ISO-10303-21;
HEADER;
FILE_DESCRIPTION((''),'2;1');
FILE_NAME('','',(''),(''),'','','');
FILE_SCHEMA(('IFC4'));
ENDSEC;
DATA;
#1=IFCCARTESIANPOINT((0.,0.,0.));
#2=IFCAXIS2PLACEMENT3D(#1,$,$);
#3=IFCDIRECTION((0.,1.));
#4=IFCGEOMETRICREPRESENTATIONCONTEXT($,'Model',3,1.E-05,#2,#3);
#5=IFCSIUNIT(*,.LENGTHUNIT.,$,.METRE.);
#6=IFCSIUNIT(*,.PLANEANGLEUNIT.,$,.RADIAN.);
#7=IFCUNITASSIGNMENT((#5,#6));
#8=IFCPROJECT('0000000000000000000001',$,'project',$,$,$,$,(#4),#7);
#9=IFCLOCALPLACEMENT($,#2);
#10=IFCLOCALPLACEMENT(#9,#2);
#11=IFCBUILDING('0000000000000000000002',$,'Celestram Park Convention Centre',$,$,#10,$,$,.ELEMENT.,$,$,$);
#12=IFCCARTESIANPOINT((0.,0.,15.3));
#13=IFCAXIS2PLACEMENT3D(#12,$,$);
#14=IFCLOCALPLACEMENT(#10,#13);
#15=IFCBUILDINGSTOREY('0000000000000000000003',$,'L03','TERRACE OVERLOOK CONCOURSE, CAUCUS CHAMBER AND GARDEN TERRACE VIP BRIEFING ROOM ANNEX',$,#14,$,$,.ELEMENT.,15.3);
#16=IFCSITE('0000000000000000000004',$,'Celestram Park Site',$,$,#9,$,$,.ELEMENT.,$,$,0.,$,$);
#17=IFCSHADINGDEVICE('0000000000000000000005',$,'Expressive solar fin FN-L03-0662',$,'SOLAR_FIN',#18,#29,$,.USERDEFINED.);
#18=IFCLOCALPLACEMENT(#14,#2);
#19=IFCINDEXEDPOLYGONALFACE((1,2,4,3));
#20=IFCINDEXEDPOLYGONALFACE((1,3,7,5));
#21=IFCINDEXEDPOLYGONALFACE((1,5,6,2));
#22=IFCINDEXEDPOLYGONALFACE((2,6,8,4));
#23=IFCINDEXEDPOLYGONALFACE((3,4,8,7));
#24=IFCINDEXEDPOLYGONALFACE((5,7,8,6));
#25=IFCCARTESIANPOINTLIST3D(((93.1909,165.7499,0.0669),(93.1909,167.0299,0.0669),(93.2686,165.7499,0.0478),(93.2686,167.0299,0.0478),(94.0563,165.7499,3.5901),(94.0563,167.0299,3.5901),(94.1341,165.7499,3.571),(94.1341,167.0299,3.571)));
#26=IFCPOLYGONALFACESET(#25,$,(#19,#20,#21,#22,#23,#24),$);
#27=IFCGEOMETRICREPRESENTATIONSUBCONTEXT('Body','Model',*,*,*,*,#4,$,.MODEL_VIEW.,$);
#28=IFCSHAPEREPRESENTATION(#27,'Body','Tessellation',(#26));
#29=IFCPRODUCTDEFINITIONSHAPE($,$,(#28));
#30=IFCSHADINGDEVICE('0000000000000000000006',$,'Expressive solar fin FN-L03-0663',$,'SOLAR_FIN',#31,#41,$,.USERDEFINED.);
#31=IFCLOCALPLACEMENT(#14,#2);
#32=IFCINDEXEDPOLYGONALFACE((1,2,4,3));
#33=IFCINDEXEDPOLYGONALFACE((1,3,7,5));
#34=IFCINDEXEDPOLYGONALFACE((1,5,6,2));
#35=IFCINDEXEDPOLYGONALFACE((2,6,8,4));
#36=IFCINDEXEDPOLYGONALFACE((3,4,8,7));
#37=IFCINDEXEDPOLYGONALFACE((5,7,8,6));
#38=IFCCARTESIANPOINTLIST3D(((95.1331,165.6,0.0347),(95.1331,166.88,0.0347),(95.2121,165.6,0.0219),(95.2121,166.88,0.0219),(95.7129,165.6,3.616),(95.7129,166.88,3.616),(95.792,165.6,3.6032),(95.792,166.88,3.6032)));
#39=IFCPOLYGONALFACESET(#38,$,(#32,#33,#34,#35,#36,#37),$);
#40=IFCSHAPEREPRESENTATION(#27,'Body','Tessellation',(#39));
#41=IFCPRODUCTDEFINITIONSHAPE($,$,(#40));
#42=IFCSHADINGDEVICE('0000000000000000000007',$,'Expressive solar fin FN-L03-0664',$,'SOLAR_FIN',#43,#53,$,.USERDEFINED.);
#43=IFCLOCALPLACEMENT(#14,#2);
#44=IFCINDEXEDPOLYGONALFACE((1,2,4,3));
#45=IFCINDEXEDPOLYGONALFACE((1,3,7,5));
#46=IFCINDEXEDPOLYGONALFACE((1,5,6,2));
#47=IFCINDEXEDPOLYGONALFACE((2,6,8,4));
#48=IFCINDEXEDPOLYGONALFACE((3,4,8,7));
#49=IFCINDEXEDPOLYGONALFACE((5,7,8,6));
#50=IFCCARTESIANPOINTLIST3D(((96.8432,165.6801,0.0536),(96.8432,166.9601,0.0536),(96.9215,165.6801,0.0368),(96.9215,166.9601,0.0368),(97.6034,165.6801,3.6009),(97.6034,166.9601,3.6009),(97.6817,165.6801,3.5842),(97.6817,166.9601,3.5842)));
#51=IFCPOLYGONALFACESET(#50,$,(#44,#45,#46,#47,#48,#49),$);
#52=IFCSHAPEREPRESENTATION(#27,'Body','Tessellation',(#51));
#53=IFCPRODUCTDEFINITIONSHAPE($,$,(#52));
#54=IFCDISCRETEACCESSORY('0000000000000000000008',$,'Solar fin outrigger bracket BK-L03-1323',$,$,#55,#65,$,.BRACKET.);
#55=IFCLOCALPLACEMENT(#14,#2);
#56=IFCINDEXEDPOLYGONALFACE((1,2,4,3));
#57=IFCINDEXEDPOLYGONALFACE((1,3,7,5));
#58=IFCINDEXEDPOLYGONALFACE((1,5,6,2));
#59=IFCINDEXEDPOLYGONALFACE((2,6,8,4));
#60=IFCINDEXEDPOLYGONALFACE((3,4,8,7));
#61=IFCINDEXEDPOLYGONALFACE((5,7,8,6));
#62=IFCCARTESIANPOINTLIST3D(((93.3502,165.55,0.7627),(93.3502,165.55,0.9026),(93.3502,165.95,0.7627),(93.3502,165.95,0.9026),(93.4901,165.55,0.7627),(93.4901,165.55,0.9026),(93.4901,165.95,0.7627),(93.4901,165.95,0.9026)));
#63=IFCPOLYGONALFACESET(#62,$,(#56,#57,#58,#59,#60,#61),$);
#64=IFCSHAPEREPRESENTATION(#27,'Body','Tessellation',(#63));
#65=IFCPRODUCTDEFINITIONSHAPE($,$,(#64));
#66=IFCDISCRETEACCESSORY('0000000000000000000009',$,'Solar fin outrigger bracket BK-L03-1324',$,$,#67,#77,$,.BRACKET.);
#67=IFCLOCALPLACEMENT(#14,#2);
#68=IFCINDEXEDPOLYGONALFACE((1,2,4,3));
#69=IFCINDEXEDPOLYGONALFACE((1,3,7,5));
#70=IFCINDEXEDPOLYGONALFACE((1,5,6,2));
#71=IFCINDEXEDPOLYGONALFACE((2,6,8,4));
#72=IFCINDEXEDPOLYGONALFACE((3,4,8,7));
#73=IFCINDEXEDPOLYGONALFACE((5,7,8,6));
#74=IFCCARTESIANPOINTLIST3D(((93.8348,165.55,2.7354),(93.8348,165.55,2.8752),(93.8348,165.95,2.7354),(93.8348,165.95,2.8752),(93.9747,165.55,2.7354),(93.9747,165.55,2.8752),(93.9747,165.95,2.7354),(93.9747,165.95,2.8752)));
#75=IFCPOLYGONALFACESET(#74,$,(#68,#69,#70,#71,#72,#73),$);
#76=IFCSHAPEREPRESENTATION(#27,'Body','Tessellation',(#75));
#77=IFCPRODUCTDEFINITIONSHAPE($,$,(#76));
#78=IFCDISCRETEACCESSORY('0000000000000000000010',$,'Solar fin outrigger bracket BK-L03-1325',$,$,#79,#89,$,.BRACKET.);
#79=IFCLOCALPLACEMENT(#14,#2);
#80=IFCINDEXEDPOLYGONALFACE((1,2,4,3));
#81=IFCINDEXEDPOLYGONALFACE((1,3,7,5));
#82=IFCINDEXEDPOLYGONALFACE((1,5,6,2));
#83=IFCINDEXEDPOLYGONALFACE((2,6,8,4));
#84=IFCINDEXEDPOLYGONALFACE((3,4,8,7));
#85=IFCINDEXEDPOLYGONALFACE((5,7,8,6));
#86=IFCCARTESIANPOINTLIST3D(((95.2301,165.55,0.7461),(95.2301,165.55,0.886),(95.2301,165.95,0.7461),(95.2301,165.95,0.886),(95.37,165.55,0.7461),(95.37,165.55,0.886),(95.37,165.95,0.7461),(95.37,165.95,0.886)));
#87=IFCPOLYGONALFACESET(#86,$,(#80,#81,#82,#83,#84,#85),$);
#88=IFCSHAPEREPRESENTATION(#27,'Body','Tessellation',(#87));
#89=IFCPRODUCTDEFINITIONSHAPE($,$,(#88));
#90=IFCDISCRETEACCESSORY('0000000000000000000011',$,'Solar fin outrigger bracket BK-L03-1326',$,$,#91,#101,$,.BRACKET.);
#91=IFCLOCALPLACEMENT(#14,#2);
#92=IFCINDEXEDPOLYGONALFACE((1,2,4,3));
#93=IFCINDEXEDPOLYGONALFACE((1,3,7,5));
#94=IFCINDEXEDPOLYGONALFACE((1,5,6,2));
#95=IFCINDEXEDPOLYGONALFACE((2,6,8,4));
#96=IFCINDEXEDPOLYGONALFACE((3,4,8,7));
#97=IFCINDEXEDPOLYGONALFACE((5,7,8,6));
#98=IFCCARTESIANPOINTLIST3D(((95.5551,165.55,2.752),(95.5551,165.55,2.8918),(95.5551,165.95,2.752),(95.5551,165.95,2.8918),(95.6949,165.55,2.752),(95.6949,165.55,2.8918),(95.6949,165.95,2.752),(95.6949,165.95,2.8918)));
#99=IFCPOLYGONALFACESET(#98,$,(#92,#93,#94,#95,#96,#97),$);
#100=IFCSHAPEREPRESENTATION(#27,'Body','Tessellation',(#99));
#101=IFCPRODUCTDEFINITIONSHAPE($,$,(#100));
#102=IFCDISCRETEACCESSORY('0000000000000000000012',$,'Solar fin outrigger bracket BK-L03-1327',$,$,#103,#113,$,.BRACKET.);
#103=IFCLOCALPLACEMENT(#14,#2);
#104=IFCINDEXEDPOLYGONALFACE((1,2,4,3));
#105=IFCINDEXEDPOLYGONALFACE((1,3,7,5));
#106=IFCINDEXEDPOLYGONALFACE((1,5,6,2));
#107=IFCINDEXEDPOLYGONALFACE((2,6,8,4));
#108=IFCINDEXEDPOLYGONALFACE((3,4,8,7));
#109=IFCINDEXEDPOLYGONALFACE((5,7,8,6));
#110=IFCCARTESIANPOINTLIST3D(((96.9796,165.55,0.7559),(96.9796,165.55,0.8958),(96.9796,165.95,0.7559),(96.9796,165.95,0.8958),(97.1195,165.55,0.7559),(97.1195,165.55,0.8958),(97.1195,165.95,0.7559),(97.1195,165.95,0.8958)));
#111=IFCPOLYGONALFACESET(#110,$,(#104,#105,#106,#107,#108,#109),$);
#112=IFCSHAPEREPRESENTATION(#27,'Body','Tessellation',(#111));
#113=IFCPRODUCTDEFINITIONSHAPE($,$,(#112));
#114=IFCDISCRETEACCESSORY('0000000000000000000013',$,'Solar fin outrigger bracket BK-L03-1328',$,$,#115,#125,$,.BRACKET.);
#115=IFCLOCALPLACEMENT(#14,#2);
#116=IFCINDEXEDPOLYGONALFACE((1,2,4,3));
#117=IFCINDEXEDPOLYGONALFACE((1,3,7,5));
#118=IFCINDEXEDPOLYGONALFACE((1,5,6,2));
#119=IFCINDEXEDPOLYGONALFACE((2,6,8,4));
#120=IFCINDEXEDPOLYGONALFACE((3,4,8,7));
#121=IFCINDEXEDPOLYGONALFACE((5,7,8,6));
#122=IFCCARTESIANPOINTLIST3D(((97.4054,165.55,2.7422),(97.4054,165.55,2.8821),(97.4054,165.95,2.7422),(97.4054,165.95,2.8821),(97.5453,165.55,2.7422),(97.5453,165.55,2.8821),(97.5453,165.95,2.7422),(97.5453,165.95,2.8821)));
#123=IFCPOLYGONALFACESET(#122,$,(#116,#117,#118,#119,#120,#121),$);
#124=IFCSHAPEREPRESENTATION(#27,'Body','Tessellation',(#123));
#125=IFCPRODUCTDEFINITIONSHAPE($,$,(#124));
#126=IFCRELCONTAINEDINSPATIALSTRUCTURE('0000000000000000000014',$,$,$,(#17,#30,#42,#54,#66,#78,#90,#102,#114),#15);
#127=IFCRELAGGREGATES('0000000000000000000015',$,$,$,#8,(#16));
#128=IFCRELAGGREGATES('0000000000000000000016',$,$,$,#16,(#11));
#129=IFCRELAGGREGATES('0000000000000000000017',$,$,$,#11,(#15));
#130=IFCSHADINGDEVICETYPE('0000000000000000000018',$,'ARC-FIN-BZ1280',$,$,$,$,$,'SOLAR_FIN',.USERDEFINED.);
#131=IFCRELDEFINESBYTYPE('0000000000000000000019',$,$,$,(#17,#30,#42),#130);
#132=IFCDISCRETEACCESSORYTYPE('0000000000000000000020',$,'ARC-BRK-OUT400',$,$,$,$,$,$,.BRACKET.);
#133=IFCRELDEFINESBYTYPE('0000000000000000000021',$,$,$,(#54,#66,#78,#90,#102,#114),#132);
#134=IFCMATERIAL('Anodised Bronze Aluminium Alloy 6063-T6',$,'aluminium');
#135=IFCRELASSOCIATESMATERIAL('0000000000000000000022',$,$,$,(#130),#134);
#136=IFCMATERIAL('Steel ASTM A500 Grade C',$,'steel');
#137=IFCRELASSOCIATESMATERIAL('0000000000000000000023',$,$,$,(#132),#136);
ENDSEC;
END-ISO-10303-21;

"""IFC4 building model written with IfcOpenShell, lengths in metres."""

from ifc_helpers import new_model, si_unit, direction, frame, origin, origin_2d, place, context, subcontext, project, spatial, rectangle, extrude, material, material_profile, profile_set, type_object, element, save


model = new_model("IFC4")

# Units and contexts
model_context = context("Model", 3, precision=1e-05, world=origin(), true_north=direction((0.0, 1.0)))
body_context = subcontext(model_context, "Body", "Model", "MODEL_VIEW")
ifc_project = project(units=[si_unit("LENGTHUNIT", "METRE"), si_unit("PLANEANGLEUNIT", "RADIAN")], contexts=[model_context])

# Site, building, storey
site_placement = place(None, origin())
site = spatial("IfcSite", under=ifc_project, at=site_placement, Name="Celestram Park Site", CompositionType="ELEMENT", RefElevation=0.0)
building_placement = place(site_placement, origin())
building = spatial("IfcBuilding", under=site, at=building_placement, Name="Celestram Park Convention Centre", CompositionType="ELEMENT")
storey_placement = place(building_placement, frame((0.0, 0.0, 15.3)))
storey = spatial("IfcBuildingStorey", under=building, at=storey_placement, Name="L03", Description="TERRACE OVERLOOK CONCOURSE, CAUCUS CHAMBER AND GARDEN TERRACE VIP BRIEFING ROOM ANNEX", CompositionType="ELEMENT", Elevation=15.3)

# Shading devices
ifc_material_1 = material(Name="Anodised Bronze Aluminium Alloy 6063-T6", Category="aluminium")
ifc_material_profile_1 = material_profile(ifc_material_1, rectangle(XDim=1.28, YDim=0.0801, at=origin_2d()), Name="FIN1280X80")
ifc_profile_set_1 = profile_set([ifc_material_profile_1], Name="Anodised Bronze Aluminium Alloy 6063-T6")
shading_device_type = type_object("IfcShadingDeviceType", Name="ARC-FIN-BZ1280", ElementType="SOLAR_FIN", PredefinedType="USERDEFINED", material=ifc_profile_set_1)
for number, where, z_axis, x_axis, name in (
    (1, (93.2297, 166.3899, 0.0574), (0.238559, 0.0, 0.971128), (0.0, 1.0, 0.0), "Expressive solar fin FN-L03-0662"),
    (2, (95.1726, 166.24, 0.0283), (0.159825, 0.0, 0.987145), (0.0, 1.0, 0.0), "Expressive solar fin FN-L03-0663"),
    (3, (96.8823, 166.3201, 0.0452), (0.209557, 0.0, 0.977797), (0.0, 1.0, 0.0), "Expressive solar fin FN-L03-0664"),
):
    element("IfcShadingDevice", number, at=place(storey_placement, frame(where, z_axis=z_axis, x_axis=x_axis)), inside=storey, type_object=shading_device_type, Name=name, ObjectType="SOLAR_FIN", PredefinedType="USERDEFINED", context=body_context, shape_type="SweptSolid", body=[
        extrude(rectangle(XDim=1.28, YDim=0.0801, at=origin_2d()), origin(), (0.0, 0.0, 1.0), 3.6279),
    ])

# Discrete accessories
ifc_material_2 = material(Name="Steel ASTM A500 Grade C", Category="steel")
discrete_accessory_type = type_object("IfcDiscreteAccessoryType", Name="ARC-BRK-OUT400", PredefinedType="BRACKET", material=ifc_material_2)
for number, where, z_axis, x_axis, name in (
    (4, (93.4202, 165.75, 0.7627), (0.0, 0.0, 1.0), (0.0, 1.0, 0.0), "Solar fin outrigger bracket BK-L03-1323"),
    (5, (93.9048, 165.75, 2.7354), (0.0, 0.0, 1.0), (0.0, 1.0, 0.0), "Solar fin outrigger bracket BK-L03-1324"),
    (6, (95.3, 165.75, 0.7461), (0.0, 0.0, 1.0), (0.0, 1.0, 0.0), "Solar fin outrigger bracket BK-L03-1325"),
    (7, (95.625, 165.75, 2.752), (0.0, 0.0, 1.0), (0.0, 1.0, 0.0), "Solar fin outrigger bracket BK-L03-1326"),
    (8, (97.0496, 165.75, 0.7559), (0.0, 0.0, 1.0), (0.0, 1.0, 0.0), "Solar fin outrigger bracket BK-L03-1327"),
    (9, (97.4753, 165.75, 2.7422), (0.0, 0.0, 1.0), (0.0, 1.0, 0.0), "Solar fin outrigger bracket BK-L03-1328"),
):
    element("IfcDiscreteAccessory", number, at=place(storey_placement, frame(where, z_axis=z_axis, x_axis=x_axis)), inside=storey, type_object=discrete_accessory_type, Name=name, PredefinedType="BRACKET", context=body_context, shape_type="SweptSolid", body=[
        extrude(rectangle(XDim=0.3999, YDim=0.1399, at=origin_2d()), origin(), (0.0, 0.0, 1.0), 0.1399),
    ])

save(model, "model.ifc")
